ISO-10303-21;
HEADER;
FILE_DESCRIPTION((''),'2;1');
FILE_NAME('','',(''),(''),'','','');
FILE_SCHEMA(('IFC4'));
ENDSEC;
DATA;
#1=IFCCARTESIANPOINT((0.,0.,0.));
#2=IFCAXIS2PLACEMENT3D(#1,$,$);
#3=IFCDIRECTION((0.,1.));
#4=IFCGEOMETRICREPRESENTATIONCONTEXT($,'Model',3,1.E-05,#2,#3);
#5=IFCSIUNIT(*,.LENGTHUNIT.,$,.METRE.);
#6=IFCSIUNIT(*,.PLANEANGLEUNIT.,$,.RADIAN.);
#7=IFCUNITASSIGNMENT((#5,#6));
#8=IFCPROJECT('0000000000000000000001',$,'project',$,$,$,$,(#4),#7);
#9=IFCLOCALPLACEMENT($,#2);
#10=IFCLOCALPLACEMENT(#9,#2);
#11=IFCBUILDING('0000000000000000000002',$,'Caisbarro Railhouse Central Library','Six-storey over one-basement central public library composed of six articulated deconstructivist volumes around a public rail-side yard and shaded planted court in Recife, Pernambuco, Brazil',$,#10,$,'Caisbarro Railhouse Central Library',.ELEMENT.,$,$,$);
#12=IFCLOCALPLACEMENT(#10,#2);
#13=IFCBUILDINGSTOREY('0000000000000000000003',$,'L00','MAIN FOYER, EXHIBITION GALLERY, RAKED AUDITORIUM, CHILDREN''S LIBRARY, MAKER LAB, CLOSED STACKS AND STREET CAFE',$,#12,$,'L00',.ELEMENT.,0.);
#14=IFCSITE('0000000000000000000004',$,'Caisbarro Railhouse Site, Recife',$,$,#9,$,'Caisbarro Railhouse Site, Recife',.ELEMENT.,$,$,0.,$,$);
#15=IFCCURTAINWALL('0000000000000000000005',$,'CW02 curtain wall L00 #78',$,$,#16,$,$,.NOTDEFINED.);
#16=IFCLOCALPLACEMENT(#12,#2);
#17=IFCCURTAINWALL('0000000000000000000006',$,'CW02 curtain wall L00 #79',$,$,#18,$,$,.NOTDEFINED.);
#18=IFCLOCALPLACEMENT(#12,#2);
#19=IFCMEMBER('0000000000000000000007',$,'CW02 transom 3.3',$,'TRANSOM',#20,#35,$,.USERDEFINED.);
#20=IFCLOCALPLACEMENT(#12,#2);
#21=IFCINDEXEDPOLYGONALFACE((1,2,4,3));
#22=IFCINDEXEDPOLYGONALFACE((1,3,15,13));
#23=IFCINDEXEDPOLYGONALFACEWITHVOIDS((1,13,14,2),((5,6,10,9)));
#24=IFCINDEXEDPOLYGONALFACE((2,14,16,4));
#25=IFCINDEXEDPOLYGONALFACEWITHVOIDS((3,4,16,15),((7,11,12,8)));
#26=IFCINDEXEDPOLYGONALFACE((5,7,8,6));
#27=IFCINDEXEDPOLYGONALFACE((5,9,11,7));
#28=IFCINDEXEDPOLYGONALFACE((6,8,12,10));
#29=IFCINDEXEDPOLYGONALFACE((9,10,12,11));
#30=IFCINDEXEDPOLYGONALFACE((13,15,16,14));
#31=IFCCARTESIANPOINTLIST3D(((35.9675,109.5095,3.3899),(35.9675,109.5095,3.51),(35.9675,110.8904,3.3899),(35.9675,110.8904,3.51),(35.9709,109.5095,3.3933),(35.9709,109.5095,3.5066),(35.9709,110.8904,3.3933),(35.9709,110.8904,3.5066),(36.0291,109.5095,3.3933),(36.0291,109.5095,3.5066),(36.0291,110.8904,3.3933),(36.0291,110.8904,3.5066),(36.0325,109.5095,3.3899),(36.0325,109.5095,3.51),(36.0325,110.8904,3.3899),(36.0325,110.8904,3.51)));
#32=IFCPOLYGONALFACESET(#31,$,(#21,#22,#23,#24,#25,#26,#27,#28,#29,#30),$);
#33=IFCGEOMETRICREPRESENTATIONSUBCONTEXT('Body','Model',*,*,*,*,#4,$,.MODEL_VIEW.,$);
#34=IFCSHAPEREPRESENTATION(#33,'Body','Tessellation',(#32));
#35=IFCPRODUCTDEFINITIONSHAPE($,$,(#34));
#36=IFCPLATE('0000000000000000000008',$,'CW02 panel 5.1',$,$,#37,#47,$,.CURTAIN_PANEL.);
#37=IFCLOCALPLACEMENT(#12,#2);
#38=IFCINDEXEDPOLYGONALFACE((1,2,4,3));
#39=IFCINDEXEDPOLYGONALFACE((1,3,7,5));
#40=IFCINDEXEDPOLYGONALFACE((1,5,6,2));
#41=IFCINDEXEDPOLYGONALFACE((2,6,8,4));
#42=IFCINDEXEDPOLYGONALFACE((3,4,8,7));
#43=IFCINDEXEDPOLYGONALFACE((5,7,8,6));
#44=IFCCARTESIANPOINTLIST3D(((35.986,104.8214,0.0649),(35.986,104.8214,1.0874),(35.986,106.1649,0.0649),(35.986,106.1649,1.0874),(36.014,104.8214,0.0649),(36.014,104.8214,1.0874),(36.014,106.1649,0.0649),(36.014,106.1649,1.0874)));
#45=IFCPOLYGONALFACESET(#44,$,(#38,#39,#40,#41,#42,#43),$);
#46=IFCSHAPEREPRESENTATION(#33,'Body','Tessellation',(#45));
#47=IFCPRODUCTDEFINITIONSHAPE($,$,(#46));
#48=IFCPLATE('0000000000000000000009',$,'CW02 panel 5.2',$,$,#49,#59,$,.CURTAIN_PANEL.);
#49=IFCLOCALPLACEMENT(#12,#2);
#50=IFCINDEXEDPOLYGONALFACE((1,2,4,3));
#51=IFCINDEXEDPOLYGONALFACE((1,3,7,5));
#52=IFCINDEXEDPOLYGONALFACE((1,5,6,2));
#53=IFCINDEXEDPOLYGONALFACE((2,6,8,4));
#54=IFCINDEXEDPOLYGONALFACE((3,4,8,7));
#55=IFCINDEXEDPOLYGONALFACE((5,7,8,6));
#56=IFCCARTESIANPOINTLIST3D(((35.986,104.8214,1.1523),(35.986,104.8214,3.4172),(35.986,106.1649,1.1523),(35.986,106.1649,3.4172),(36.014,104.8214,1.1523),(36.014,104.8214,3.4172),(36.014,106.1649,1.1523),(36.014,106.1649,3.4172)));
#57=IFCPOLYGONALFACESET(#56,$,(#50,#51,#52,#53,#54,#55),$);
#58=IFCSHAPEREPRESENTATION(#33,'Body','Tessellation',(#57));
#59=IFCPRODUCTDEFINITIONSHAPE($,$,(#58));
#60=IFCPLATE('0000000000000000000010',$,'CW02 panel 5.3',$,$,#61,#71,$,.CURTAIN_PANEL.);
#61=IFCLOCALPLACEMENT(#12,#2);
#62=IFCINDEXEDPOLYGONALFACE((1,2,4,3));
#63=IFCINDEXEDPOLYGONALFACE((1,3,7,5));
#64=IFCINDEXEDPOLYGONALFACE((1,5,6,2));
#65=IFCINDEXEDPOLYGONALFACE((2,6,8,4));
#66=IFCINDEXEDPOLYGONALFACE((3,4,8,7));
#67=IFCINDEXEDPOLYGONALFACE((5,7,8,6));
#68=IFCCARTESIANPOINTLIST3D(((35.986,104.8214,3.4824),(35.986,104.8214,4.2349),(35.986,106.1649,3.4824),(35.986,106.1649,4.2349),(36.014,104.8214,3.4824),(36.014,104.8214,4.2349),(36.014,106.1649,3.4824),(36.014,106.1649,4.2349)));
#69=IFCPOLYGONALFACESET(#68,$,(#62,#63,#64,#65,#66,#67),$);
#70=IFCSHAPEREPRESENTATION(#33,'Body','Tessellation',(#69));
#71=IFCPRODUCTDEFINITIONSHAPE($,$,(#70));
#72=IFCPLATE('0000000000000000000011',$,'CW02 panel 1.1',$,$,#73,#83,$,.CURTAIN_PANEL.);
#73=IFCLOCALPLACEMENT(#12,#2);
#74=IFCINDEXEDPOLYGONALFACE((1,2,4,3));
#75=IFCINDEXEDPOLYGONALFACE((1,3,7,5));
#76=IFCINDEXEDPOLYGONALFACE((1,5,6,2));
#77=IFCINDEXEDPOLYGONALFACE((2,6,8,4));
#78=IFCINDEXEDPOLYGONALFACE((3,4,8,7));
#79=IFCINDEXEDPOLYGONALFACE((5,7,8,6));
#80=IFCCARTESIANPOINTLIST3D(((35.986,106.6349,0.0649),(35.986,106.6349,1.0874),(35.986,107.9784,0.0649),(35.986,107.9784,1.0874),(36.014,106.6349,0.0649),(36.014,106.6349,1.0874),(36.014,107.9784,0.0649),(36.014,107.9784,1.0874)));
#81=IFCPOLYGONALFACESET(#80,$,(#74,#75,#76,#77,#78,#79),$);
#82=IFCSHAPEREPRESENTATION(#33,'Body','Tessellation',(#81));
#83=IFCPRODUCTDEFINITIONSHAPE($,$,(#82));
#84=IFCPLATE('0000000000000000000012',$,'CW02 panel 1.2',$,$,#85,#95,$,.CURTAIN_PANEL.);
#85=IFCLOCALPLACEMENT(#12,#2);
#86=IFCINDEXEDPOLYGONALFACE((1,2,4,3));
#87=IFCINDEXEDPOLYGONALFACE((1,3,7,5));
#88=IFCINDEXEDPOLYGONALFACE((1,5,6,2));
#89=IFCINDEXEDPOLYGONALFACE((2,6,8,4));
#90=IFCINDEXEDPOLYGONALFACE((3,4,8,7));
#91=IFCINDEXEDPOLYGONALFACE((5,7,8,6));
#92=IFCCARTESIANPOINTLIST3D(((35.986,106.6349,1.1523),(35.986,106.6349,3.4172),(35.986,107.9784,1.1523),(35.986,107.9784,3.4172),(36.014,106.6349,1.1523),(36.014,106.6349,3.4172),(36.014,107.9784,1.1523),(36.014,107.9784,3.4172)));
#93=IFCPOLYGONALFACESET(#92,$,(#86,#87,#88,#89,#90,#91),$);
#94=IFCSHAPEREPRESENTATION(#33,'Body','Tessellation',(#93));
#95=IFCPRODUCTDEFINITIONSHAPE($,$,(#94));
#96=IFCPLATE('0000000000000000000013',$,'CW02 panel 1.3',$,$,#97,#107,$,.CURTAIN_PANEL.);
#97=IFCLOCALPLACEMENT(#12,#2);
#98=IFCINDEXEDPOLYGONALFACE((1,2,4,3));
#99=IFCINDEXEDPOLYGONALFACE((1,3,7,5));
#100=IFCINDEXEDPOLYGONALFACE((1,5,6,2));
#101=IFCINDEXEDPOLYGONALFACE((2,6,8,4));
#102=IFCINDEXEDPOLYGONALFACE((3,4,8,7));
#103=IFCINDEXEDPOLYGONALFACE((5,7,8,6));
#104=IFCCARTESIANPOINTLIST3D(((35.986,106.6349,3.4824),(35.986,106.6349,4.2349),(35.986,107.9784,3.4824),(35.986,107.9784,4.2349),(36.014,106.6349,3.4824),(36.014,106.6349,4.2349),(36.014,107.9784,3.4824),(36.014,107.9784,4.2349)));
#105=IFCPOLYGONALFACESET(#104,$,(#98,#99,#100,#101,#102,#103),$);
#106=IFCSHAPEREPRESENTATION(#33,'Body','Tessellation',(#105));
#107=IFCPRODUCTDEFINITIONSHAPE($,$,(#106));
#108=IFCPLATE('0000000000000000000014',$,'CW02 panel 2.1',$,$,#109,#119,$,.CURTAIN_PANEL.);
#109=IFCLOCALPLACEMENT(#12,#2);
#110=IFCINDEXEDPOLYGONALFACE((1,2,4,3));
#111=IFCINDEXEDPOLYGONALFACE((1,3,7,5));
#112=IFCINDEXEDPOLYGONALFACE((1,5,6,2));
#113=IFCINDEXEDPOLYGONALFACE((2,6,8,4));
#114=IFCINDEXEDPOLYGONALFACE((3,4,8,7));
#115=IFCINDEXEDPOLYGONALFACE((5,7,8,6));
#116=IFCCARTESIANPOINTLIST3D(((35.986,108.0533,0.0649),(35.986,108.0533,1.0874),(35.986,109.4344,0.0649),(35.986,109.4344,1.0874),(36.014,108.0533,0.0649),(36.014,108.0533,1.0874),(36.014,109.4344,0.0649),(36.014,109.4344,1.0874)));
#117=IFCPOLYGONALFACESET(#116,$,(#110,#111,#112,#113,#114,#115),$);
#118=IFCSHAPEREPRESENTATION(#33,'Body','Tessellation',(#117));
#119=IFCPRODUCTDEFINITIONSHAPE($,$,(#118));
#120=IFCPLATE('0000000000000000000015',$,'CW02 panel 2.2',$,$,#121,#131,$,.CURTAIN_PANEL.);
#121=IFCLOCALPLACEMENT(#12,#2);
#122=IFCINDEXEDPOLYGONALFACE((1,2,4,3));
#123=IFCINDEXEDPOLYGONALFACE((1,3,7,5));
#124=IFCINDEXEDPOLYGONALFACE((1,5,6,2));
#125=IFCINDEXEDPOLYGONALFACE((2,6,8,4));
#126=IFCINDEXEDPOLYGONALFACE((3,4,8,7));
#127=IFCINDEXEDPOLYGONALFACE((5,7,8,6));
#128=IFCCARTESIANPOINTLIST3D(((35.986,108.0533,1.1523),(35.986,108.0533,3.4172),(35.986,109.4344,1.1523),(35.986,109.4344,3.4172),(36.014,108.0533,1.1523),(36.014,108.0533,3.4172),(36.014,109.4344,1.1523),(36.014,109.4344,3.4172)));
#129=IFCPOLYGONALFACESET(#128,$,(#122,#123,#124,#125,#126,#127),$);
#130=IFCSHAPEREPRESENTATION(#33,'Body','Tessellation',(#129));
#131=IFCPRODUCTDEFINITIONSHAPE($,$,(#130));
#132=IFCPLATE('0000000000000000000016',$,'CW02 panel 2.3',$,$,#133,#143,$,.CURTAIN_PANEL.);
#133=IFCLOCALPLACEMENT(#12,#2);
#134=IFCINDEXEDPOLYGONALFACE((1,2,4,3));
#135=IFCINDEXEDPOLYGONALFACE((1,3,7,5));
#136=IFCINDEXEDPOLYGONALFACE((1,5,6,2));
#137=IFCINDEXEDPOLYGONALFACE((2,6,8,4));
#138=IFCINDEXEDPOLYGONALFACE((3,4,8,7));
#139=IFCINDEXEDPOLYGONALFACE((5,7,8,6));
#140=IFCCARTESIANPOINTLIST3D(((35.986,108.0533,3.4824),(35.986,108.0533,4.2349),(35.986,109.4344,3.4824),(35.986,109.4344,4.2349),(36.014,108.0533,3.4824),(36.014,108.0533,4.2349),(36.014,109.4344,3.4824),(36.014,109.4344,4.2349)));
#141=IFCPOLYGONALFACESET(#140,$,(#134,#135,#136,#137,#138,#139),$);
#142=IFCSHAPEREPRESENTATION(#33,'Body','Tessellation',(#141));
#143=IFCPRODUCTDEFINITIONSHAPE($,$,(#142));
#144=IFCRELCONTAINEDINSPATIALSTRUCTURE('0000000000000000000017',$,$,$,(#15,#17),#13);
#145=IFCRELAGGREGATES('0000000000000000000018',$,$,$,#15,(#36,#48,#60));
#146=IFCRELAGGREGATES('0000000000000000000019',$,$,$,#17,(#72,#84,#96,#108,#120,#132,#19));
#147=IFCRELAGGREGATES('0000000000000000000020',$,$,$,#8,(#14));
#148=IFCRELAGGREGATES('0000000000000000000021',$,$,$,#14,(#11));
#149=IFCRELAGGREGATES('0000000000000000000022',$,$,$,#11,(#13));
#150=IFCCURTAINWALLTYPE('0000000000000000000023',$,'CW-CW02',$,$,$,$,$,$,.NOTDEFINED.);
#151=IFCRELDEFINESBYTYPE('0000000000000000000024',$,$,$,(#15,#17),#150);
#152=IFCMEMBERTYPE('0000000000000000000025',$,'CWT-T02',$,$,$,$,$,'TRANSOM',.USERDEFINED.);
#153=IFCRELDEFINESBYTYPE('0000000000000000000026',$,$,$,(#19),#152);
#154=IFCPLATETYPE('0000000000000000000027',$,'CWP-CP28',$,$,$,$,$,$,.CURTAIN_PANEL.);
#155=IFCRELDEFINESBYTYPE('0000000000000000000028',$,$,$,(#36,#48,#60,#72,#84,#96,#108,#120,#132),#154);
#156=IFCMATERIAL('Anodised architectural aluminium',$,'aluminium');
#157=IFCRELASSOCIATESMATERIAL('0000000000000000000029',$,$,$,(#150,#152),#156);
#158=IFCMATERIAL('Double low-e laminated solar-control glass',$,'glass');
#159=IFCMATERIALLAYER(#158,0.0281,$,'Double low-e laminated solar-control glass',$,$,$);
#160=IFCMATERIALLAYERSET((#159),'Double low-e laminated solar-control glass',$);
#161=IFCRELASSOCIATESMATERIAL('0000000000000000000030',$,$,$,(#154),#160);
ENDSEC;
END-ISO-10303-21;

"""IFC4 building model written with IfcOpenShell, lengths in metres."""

from ifc_helpers import new_model, si_unit, direction, frame, origin, origin_2d, place, context, subcontext, project, spatial, rectangle, hollow_rectangle, extrude, material, layer, layer_set, material_profile, profile_set, type_object, element, aggregate, save


model = new_model("IFC4")

# Units and contexts
model_context = context("Model", 3, precision=1e-05, world=origin(), true_north=direction((0.0, 1.0)))
body_context = subcontext(model_context, "Body", "Model", "MODEL_VIEW")
ifc_project = project(units=[si_unit("LENGTHUNIT", "METRE"), si_unit("PLANEANGLEUNIT", "RADIAN")], contexts=[model_context])

# Site, building, storey
site_placement = place(None, origin())
site = spatial("IfcSite", under=ifc_project, at=site_placement, Name="Caisbarro Railhouse Site, Recife", LongName="Caisbarro Railhouse Site, Recife", CompositionType="ELEMENT", RefElevation=0.0)
building_placement = place(site_placement, origin())
building = spatial("IfcBuilding", under=site, at=building_placement, Name="Caisbarro Railhouse Central Library", Description="Six-storey over one-basement central public library composed of six articulated deconstructivist volumes around a public rail-side yard and shaded planted court in Recife, Pernambuco, Brazil", LongName="Caisbarro Railhouse Central Library", CompositionType="ELEMENT")
storey_placement = place(building_placement, origin())
storey = spatial("IfcBuildingStorey", under=building, at=storey_placement, Name="L00", Description="MAIN FOYER, EXHIBITION GALLERY, RAKED AUDITORIUM, CHILDREN'S LIBRARY, MAKER LAB, CLOSED STACKS AND STREET CAFE", LongName="L00", CompositionType="ELEMENT", Elevation=0.0)

# Curtain wall
ifc_material_1 = material(Name="Anodised architectural aluminium", Category="aluminium")
curtain_wall_type = type_object("IfcCurtainWallType", Name="CW-CW02", PredefinedType="NOTDEFINED", material=ifc_material_1)
curtain_wall_1_placement = place(storey_placement, origin())
curtain_wall_1 = element("IfcCurtainWall", 1, at=curtain_wall_1_placement, inside=storey, type_object=curtain_wall_type, Name="CW02 curtain wall L00 #78", PredefinedType="NOTDEFINED")

# Curtain wall
curtain_wall_2_placement = place(storey_placement, origin())
curtain_wall_2 = element("IfcCurtainWall", 2, at=curtain_wall_2_placement, inside=storey, type_object=curtain_wall_type, Name="CW02 curtain wall L00 #79", PredefinedType="NOTDEFINED")

# Member
ifc_material_profile_1 = material_profile(ifc_material_1, hollow_rectangle(XDim=0.0649, YDim=0.1201, WallThickness=0.0034, at=origin_2d()), Name="ALU-TRN-65X120")
ifc_profile_set_1 = profile_set([ifc_material_profile_1], Name="Anodised architectural aluminium")
member_type_1 = type_object("IfcMemberType", Name="CWT-T02", ElementType="TRANSOM", PredefinedType="USERDEFINED", material=ifc_profile_set_1)
member_1_placement = place(storey_placement, frame((36.0, 109.5095, 3.45), z_axis=(0.0, 1.0, 0.0), x_axis=(-1.0, 0.0, 0.0)))
member_1 = element("IfcMember", 3, at=member_1_placement, type_object=member_type_1, Name="CW02 transom 3.3", ObjectType="TRANSOM", PredefinedType="USERDEFINED", context=body_context, shape_type="SweptSolid", body=[
    extrude(hollow_rectangle(XDim=0.0649, YDim=0.1201, WallThickness=0.0034, at=origin_2d()), origin(), (0.0, 0.0, 1.0), 1.3809),
])

# Plates
ifc_material_2 = material(Name="Double low-e laminated solar-control glass", Category="glass")
ifc_layer = layer(ifc_material_2, 0.0281, Name="Double low-e laminated solar-control glass")
ifc_layer_set = layer_set([ifc_layer], Name="Double low-e laminated solar-control glass")
plate_type = type_object("IfcPlateType", Name="CWP-CP28", PredefinedType="CURTAIN_PANEL", material=ifc_layer_set)
plate_1_placement = place(storey_placement, frame((36.0, 105.4932, 0.0649), z_axis=(0.0, 0.0, 1.0), x_axis=(0.0, 1.0, 0.0)))
plate_1 = element("IfcPlate", 4, at=plate_1_placement, type_object=plate_type, Name="CW02 panel 5.1", PredefinedType="CURTAIN_PANEL", context=body_context, shape_type="SweptSolid", body=[
    extrude(rectangle(XDim=1.3435, YDim=0.0281, at=origin_2d()), origin(), (0.0, 0.0, 1.0), 1.0225),
])
plate_2_placement = place(storey_placement, frame((36.0, 105.4932, 1.1523), z_axis=(0.0, 0.0, 1.0), x_axis=(0.0, 1.0, 0.0)))
plate_2 = element("IfcPlate", 5, at=plate_2_placement, type_object=plate_type, Name="CW02 panel 5.2", PredefinedType="CURTAIN_PANEL", context=body_context, shape_type="SweptSolid", body=[
    extrude(rectangle(XDim=1.3435, YDim=0.0281, at=origin_2d()), origin(), (0.0, 0.0, 1.0), 2.2649),
])
plate_3_placement = place(storey_placement, frame((36.0, 105.4932, 3.4824), z_axis=(0.0, 0.0, 1.0), x_axis=(0.0, 1.0, 0.0)))
plate_3 = element("IfcPlate", 6, at=plate_3_placement, type_object=plate_type, Name="CW02 panel 5.3", PredefinedType="CURTAIN_PANEL", context=body_context, shape_type="SweptSolid", body=[
    extrude(rectangle(XDim=1.3435, YDim=0.0281, at=origin_2d()), origin(), (0.0, 0.0, 1.0), 0.7524),
])
aggregate(curtain_wall_1, [plate_1, plate_2, plate_3])
plate_4_placement = place(storey_placement, frame((36.0, 107.3066, 0.0649), z_axis=(0.0, 0.0, 1.0), x_axis=(0.0, 1.0, 0.0)))
plate_4 = element("IfcPlate", 7, at=plate_4_placement, type_object=plate_type, Name="CW02 panel 1.1", PredefinedType="CURTAIN_PANEL", context=body_context, shape_type="SweptSolid", body=[
    extrude(rectangle(XDim=1.3435, YDim=0.0281, at=origin_2d()), origin(), (0.0, 0.0, 1.0), 1.0225),
])
plate_5_placement = place(storey_placement, frame((36.0, 107.3066, 1.1523), z_axis=(0.0, 0.0, 1.0), x_axis=(0.0, 1.0, 0.0)))
plate_5 = element("IfcPlate", 8, at=plate_5_placement, type_object=plate_type, Name="CW02 panel 1.2", PredefinedType="CURTAIN_PANEL", context=body_context, shape_type="SweptSolid", body=[
    extrude(rectangle(XDim=1.3435, YDim=0.0281, at=origin_2d()), origin(), (0.0, 0.0, 1.0), 2.2649),
])
plate_6_placement = place(storey_placement, frame((36.0, 107.3066, 3.4824), z_axis=(0.0, 0.0, 1.0), x_axis=(0.0, 1.0, 0.0)))
plate_6 = element("IfcPlate", 9, at=plate_6_placement, type_object=plate_type, Name="CW02 panel 1.3", PredefinedType="CURTAIN_PANEL", context=body_context, shape_type="SweptSolid", body=[
    extrude(rectangle(XDim=1.3435, YDim=0.0281, at=origin_2d()), origin(), (0.0, 0.0, 1.0), 0.7524),
])
plate_7_placement = place(storey_placement, frame((36.0, 108.7439, 0.0649), z_axis=(0.0, 0.0, 1.0), x_axis=(0.0, 1.0, 0.0)))
plate_7 = element("IfcPlate", 10, at=plate_7_placement, type_object=plate_type, Name="CW02 panel 2.1", PredefinedType="CURTAIN_PANEL", context=body_context, shape_type="SweptSolid", body=[
    extrude(rectangle(XDim=1.3811, YDim=0.0281, at=origin_2d()), origin(), (0.0, 0.0, 1.0), 1.0225),
])
plate_8_placement = place(storey_placement, frame((36.0, 108.7439, 1.1523), z_axis=(0.0, 0.0, 1.0), x_axis=(0.0, 1.0, 0.0)))
plate_8 = element("IfcPlate", 11, at=plate_8_placement, type_object=plate_type, Name="CW02 panel 2.2", PredefinedType="CURTAIN_PANEL", context=body_context, shape_type="SweptSolid", body=[
    extrude(rectangle(XDim=1.3811, YDim=0.0281, at=origin_2d()), origin(), (0.0, 0.0, 1.0), 2.2649),
])
plate_9_placement = place(storey_placement, frame((36.0, 108.7439, 3.4824), z_axis=(0.0, 0.0, 1.0), x_axis=(0.0, 1.0, 0.0)))
plate_9 = element("IfcPlate", 12, at=plate_9_placement, type_object=plate_type, Name="CW02 panel 2.3", PredefinedType="CURTAIN_PANEL", context=body_context, shape_type="SweptSolid", body=[
    extrude(rectangle(XDim=1.3811, YDim=0.0281, at=origin_2d()), origin(), (0.0, 0.0, 1.0), 0.7524),
])
aggregate(curtain_wall_2, [plate_4, plate_5, plate_6, plate_7, plate_8, plate_9, member_1])

save(model, "model.ifc")
